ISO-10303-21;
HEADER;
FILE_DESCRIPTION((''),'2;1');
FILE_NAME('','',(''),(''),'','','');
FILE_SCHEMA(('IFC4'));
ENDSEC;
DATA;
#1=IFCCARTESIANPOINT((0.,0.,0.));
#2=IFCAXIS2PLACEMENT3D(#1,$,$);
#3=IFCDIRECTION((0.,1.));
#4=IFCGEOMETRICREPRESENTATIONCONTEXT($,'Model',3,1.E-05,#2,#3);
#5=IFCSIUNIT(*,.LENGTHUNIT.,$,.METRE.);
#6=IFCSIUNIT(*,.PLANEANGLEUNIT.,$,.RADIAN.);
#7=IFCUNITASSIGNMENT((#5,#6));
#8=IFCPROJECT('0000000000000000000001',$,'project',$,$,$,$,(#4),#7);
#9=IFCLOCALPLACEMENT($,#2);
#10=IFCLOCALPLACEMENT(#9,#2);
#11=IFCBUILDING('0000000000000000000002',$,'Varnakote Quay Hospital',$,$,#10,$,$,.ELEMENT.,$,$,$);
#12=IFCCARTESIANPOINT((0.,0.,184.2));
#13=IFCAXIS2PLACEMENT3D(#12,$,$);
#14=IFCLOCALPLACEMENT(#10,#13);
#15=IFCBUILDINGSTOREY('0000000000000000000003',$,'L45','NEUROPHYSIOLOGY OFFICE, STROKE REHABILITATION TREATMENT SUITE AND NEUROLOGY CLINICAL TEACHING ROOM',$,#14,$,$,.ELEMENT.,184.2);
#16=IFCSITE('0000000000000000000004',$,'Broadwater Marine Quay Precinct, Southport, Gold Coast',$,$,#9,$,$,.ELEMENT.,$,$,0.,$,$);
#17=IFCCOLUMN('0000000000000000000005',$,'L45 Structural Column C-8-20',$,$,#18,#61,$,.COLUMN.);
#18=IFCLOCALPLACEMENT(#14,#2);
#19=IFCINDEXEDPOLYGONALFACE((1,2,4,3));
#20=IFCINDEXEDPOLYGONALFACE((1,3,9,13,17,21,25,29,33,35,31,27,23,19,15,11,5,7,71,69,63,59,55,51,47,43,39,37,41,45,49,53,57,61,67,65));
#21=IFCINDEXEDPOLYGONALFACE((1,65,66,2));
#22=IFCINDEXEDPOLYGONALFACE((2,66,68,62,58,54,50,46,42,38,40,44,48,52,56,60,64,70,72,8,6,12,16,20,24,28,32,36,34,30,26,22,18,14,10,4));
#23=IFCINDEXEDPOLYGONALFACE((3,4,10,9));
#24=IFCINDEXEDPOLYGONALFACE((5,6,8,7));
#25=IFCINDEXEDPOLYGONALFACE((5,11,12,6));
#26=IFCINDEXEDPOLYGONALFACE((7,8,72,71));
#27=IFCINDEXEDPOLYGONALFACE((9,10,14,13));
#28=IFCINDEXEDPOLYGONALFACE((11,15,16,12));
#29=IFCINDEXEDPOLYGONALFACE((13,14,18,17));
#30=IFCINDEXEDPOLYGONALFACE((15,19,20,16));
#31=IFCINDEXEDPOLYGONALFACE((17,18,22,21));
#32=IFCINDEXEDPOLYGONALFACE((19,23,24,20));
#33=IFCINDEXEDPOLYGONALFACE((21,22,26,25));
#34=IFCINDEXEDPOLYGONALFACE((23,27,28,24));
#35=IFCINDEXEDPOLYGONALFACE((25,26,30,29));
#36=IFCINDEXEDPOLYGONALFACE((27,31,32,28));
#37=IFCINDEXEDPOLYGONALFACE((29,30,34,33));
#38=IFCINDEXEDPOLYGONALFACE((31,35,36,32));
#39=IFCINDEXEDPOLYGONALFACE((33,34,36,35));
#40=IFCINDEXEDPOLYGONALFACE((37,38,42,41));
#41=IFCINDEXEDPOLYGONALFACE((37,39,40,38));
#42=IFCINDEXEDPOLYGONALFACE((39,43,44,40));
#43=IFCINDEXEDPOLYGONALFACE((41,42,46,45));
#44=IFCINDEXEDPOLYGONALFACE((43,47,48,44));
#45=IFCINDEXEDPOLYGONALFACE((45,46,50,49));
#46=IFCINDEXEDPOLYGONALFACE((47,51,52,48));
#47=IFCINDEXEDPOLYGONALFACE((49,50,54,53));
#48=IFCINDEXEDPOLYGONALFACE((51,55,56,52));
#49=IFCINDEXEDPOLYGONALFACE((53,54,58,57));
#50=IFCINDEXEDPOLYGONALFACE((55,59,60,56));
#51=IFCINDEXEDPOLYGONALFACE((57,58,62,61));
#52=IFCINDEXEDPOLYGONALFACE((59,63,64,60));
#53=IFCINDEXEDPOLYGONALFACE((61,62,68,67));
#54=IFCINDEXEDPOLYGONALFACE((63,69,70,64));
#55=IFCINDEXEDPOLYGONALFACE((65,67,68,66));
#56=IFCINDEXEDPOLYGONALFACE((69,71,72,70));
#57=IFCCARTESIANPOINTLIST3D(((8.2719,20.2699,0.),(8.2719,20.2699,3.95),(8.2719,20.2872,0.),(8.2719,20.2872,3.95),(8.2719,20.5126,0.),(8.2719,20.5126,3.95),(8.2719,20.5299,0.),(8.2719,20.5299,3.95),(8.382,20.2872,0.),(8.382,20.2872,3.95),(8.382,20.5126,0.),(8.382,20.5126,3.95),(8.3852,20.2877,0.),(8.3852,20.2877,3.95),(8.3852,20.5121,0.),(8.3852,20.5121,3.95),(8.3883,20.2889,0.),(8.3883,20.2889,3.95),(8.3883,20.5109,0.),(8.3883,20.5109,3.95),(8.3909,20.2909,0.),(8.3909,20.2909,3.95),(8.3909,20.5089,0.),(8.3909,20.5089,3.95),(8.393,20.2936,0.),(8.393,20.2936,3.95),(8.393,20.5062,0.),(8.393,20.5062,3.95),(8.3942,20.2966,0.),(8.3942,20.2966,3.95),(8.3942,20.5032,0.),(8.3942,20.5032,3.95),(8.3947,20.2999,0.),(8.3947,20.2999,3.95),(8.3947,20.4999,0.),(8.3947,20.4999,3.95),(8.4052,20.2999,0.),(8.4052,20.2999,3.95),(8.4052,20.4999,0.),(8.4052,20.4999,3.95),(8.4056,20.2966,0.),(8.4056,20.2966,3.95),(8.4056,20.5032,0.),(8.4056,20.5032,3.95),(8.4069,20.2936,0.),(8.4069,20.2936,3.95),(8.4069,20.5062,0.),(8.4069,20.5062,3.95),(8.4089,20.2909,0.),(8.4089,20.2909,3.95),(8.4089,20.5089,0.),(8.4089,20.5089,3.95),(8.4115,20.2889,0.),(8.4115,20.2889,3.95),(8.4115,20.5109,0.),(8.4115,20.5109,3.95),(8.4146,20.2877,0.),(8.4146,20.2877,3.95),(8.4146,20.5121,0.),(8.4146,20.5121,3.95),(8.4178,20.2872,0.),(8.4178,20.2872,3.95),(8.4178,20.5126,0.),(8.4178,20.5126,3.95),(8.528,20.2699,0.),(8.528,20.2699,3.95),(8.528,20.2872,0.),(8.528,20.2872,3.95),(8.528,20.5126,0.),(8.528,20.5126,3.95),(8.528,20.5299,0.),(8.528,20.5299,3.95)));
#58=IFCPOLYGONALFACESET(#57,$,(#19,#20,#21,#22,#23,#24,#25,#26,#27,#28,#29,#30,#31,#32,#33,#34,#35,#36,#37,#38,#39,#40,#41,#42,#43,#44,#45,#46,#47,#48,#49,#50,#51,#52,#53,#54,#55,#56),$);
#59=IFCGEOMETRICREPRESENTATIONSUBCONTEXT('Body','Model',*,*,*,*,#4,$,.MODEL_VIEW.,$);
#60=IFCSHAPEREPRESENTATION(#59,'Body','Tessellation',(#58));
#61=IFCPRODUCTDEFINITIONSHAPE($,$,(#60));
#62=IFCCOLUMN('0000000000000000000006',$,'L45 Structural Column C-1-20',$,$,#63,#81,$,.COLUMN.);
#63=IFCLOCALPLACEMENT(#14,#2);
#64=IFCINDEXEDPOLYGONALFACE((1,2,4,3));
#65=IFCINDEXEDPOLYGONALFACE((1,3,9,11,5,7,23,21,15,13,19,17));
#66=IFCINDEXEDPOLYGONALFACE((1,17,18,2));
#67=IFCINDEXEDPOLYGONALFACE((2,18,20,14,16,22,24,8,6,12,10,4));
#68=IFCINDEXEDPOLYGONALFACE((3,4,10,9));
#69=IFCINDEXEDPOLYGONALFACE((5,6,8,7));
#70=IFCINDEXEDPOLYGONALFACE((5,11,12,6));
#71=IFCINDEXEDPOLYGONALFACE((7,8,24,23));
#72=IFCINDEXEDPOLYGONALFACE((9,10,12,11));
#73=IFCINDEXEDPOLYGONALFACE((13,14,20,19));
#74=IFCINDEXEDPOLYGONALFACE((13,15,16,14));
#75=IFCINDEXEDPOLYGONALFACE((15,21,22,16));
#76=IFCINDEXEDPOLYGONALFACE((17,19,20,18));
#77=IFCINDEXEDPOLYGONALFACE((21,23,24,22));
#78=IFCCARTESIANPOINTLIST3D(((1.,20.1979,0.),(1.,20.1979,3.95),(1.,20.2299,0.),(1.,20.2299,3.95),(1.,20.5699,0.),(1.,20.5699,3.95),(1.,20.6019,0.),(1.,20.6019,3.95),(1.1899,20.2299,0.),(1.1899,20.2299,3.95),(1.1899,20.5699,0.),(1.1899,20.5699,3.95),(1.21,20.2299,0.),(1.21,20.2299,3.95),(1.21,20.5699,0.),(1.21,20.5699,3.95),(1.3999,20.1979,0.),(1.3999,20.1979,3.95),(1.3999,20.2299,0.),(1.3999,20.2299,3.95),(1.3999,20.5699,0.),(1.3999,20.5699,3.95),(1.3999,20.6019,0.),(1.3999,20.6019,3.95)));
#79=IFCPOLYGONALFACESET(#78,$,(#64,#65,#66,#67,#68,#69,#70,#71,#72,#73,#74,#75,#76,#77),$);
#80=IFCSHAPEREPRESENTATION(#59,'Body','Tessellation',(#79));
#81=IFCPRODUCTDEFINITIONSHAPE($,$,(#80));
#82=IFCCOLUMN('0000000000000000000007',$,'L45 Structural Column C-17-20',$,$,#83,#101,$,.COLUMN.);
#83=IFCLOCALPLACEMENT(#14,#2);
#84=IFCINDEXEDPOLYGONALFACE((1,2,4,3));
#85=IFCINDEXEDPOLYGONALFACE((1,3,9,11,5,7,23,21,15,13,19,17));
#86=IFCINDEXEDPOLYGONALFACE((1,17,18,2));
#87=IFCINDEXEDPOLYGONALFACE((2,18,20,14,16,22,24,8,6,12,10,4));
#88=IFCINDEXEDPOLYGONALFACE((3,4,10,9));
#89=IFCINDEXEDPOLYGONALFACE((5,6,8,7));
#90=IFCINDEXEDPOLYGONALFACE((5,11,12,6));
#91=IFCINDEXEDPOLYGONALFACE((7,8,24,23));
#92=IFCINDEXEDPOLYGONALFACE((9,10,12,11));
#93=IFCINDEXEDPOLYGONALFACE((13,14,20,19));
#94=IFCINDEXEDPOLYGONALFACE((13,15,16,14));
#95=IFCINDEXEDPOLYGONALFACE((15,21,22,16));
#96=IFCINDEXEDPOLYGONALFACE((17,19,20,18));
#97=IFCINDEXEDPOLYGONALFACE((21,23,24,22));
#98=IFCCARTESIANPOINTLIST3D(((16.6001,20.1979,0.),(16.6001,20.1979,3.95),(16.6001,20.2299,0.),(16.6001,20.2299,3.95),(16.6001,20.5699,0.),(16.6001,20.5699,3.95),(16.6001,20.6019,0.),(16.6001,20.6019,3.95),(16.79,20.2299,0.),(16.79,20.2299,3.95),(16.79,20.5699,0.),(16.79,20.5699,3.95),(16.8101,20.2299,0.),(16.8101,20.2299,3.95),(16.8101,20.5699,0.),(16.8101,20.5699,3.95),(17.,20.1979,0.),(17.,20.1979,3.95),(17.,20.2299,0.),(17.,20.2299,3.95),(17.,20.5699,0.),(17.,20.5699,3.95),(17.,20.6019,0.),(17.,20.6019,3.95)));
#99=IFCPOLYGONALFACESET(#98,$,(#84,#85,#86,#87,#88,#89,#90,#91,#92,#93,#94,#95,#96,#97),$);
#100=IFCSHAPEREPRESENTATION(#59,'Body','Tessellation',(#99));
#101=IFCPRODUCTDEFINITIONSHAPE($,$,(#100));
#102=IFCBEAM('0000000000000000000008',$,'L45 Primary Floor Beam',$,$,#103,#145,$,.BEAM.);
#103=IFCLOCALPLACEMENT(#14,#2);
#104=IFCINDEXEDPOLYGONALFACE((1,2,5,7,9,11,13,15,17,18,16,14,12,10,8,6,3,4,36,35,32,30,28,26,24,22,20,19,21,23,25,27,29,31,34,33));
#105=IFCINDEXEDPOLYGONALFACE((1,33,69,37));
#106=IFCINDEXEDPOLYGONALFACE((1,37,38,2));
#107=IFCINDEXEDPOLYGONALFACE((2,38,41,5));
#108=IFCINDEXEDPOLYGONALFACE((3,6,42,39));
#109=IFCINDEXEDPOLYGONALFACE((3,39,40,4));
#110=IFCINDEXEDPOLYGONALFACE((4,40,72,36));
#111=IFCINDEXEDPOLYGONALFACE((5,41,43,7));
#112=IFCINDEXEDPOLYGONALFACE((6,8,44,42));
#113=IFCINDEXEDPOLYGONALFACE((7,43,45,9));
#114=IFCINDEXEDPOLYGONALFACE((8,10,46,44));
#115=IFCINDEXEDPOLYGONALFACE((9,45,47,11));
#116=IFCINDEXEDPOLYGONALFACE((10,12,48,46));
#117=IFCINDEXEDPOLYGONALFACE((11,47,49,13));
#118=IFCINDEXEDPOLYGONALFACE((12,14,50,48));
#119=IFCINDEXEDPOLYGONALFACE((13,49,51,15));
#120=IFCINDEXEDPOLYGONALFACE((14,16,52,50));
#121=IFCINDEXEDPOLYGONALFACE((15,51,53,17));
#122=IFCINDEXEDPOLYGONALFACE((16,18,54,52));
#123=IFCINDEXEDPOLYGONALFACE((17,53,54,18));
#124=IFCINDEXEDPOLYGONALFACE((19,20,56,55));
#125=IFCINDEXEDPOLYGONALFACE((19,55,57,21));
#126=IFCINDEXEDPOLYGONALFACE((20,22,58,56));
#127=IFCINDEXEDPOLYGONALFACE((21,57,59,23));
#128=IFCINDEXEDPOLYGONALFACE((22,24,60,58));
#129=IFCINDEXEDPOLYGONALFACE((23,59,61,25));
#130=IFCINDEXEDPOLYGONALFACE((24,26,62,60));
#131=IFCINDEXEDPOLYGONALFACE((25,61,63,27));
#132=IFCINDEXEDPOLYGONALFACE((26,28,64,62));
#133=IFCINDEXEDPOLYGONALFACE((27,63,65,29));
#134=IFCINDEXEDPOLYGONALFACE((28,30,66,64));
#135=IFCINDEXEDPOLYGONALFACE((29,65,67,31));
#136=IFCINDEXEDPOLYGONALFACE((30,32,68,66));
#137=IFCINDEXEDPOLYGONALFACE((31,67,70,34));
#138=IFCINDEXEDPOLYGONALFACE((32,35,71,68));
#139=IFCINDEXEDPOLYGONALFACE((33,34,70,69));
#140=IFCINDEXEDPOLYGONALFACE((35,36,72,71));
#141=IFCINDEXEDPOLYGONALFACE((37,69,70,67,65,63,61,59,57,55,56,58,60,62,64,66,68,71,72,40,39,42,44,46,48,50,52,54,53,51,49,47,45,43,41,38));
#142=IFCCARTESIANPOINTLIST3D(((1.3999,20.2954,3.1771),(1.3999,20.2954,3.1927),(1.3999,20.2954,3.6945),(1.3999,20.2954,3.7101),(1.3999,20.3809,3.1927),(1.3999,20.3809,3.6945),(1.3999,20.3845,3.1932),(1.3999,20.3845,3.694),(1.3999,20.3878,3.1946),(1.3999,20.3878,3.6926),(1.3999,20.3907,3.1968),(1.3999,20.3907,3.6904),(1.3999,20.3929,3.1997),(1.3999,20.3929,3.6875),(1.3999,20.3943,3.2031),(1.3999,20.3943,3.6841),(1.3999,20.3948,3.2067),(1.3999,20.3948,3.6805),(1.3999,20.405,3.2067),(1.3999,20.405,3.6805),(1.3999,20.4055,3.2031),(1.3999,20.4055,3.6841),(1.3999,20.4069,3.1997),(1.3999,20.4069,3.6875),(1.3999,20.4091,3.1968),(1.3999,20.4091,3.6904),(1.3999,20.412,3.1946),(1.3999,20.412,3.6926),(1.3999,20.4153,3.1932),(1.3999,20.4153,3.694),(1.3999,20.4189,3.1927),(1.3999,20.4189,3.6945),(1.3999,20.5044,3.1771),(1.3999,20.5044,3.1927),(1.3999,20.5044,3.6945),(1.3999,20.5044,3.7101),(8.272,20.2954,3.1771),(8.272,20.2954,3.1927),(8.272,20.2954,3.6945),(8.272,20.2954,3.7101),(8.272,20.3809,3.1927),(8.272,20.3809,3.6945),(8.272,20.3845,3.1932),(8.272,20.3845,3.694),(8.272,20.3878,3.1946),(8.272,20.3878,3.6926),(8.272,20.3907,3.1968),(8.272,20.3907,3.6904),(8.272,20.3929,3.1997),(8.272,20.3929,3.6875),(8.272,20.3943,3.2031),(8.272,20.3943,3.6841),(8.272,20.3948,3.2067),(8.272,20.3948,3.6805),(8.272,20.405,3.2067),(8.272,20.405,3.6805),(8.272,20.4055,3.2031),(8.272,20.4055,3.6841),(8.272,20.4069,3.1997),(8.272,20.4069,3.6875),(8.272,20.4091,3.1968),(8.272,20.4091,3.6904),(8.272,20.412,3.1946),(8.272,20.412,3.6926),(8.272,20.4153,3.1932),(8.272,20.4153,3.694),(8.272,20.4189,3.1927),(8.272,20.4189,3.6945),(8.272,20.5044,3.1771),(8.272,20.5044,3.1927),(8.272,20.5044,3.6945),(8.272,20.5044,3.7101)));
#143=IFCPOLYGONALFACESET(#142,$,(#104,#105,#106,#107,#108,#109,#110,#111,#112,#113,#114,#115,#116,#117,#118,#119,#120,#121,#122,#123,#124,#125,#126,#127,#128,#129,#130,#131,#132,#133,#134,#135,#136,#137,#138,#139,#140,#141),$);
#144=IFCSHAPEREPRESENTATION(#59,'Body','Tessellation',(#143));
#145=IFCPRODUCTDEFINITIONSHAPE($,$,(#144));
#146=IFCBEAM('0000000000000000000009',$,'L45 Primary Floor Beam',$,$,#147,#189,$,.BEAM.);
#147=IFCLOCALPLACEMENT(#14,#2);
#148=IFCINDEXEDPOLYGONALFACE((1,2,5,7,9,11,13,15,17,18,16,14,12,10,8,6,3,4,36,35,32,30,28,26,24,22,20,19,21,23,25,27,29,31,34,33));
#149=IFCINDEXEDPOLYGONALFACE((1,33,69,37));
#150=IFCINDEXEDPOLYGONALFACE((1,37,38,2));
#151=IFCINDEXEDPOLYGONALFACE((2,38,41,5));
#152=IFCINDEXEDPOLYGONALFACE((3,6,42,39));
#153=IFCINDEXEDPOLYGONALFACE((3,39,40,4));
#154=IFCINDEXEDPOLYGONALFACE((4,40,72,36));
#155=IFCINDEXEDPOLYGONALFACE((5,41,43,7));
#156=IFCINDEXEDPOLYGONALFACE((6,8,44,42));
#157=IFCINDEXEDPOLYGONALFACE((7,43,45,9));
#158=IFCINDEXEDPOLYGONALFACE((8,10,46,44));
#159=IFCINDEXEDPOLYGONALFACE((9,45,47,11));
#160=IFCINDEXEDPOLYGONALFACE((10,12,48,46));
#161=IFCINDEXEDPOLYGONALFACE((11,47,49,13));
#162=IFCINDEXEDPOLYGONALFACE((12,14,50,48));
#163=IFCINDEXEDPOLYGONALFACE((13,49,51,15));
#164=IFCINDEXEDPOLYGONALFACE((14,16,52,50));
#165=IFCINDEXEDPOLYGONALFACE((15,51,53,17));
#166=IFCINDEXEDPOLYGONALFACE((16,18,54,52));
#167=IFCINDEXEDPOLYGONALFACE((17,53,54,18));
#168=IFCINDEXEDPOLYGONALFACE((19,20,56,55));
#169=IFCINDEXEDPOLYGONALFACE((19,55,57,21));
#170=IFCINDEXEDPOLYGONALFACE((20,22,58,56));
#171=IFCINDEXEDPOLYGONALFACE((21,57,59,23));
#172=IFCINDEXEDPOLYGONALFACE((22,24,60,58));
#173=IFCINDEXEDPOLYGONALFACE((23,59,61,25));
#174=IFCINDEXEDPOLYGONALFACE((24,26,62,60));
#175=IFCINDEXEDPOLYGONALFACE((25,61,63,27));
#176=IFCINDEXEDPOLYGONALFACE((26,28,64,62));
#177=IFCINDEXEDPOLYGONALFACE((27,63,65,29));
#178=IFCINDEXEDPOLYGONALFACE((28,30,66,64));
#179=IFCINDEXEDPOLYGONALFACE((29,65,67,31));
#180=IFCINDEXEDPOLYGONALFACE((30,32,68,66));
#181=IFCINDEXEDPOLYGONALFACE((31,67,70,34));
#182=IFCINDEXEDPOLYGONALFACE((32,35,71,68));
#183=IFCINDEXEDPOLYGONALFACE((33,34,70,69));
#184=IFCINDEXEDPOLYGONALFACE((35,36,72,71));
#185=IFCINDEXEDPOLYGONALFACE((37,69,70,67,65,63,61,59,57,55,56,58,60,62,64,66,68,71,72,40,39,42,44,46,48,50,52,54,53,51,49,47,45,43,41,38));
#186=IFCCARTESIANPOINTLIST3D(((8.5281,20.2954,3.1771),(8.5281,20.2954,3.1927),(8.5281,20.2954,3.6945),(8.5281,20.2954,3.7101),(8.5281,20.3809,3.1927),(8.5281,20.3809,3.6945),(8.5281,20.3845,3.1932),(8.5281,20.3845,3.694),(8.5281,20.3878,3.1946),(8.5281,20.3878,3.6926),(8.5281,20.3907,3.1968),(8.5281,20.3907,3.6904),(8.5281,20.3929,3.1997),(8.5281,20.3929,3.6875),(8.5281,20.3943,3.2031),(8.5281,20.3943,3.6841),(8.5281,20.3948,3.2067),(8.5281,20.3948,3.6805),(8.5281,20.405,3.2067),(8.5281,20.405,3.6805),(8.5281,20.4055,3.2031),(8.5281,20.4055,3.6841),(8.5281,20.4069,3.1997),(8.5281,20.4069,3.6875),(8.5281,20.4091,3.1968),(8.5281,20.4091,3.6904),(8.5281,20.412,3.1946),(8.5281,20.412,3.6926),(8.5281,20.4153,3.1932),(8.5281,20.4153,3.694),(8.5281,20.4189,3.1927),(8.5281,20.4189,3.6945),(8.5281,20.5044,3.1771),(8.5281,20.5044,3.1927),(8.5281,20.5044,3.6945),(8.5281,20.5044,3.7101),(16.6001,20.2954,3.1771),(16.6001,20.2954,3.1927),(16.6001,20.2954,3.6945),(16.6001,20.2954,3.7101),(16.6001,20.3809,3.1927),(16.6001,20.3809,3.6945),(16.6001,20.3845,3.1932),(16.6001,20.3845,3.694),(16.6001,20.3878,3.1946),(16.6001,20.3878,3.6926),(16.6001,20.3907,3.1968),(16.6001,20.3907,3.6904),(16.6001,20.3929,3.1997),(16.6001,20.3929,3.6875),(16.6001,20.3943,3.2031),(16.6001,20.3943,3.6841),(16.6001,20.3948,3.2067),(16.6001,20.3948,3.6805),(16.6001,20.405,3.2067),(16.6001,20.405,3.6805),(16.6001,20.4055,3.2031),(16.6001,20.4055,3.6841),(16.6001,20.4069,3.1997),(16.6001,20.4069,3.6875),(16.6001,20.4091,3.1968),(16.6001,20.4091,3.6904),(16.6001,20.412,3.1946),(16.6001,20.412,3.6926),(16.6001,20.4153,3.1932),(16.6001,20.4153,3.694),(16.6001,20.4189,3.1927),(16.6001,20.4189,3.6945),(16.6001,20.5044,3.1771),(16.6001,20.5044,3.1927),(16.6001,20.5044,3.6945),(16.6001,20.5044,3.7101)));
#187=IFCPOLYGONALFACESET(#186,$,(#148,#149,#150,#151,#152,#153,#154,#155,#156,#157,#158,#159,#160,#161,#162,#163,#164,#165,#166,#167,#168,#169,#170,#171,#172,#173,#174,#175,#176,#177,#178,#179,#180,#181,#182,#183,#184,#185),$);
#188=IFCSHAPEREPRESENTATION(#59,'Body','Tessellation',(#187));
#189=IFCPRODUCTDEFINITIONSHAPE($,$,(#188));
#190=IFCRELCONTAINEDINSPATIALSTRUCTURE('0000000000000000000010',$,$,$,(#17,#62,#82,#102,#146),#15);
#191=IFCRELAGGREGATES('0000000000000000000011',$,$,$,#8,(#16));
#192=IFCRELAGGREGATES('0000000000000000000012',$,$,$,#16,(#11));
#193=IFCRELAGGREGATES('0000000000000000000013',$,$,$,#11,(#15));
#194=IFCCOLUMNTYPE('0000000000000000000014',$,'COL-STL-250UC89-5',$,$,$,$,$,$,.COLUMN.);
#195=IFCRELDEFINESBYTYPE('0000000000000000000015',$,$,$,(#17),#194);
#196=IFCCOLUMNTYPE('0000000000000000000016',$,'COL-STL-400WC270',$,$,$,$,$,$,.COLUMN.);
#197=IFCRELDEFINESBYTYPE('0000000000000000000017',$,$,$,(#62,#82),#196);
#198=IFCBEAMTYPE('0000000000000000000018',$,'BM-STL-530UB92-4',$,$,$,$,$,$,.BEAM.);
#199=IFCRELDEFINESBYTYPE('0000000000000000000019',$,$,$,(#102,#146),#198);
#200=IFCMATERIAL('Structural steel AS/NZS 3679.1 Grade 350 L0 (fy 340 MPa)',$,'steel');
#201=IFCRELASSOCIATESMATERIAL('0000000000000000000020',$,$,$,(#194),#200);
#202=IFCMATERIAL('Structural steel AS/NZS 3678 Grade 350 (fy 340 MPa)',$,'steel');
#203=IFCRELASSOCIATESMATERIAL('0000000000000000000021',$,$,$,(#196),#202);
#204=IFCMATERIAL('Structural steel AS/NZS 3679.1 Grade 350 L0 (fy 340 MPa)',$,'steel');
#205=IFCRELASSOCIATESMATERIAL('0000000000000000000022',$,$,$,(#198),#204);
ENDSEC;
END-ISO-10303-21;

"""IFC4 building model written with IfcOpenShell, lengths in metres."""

from ifc_helpers import new_model, si_unit, direction, frame, origin, origin_2d, place, context, subcontext, project, spatial, i_section, extrude, material, material_profile, profile_set, type_object, element, save


model = new_model("IFC4")

# Units and contexts
model_context = context("Model", 3, precision=1e-05, world=origin(), true_north=direction((0.0, 1.0)))
body_context = subcontext(model_context, "Body", "Model", "MODEL_VIEW")
ifc_project = project(units=[si_unit("LENGTHUNIT", "METRE"), si_unit("PLANEANGLEUNIT", "RADIAN")], contexts=[model_context])

# Site, building, storey
site_placement = place(None, origin())
site = spatial("IfcSite", under=ifc_project, at=site_placement, Name="Broadwater Marine Quay Precinct, Southport, Gold Coast", CompositionType="ELEMENT", RefElevation=0.0)
building_placement = place(site_placement, origin())
building = spatial("IfcBuilding", under=site, at=building_placement, Name="Varnakote Quay Hospital", CompositionType="ELEMENT")
storey_placement = place(building_placement, frame((0.0, 0.0, 184.2)))
storey = spatial("IfcBuildingStorey", under=building, at=storey_placement, Name="L45", Description="NEUROPHYSIOLOGY OFFICE, STROKE REHABILITATION TREATMENT SUITE AND NEUROLOGY CLINICAL TEACHING ROOM", CompositionType="ELEMENT", Elevation=184.2)

# Columns
ifc_material_1 = material(Name="Structural steel AS/NZS 3679.1 Grade 350 L0 (fy 340 MPa)", Category="steel")
ifc_material_profile_1 = material_profile(ifc_material_1, i_section(OverallWidth=0.2561, OverallDepth=0.26, WebThickness=0.0105, FlangeThickness=0.0173, FilletRadius=0.0127, at=origin_2d()), Name="250UC89.5")
ifc_profile_set_1 = profile_set([ifc_material_profile_1], Name="Structural steel AS/NZS 3679.1 Grade 350 L0 (fy 340 MPa)")
column_type_1 = type_object("IfcColumnType", Name="COL-STL-250UC89-5", PredefinedType="COLUMN", material=ifc_profile_set_1)
column_placement = place(storey_placement, frame((8.3999, 20.3999, 0.0), z_axis=(0.0, 0.0, 1.0), x_axis=(1.0, 0.0, 0.0)))
element("IfcColumn", 1, at=column_placement, inside=storey, type_object=column_type_1, Name="L45 Structural Column C-8-20", PredefinedType="COLUMN", context=body_context, shape_type="SweptSolid", body=[
    extrude(i_section(OverallWidth=0.2561, OverallDepth=0.26, WebThickness=0.0105, FlangeThickness=0.0173, FilletRadius=0.0127, at=origin_2d()), origin(), (0.0, 0.0, 1.0), 3.95),
])
ifc_material_2 = material(Name="Structural steel AS/NZS 3678 Grade 350 (fy 340 MPa)", Category="steel")
ifc_material_profile_2 = material_profile(ifc_material_2, i_section(OverallWidth=0.3999, OverallDepth=0.4041, WebThickness=0.02, FlangeThickness=0.032, at=origin_2d()), Name="400WC270")
ifc_profile_set_2 = profile_set([ifc_material_profile_2], Name="Structural steel AS/NZS 3678 Grade 350 (fy 340 MPa)")
column_type_2 = type_object("IfcColumnType", Name="COL-STL-400WC270", PredefinedType="COLUMN", material=ifc_profile_set_2)
for number, where, z_axis, x_axis, name in (
    (2, (1.2, 20.3999, 0.0), (0.0, 0.0, 1.0), (1.0, 0.0, 0.0), "L45 Structural Column C-1-20"),
    (3, (16.8, 20.3999, 0.0), (0.0, 0.0, 1.0), (1.0, 0.0, 0.0), "L45 Structural Column C-17-20"),
):
    element("IfcColumn", number, at=place(storey_placement, frame(where, z_axis=z_axis, x_axis=x_axis)), inside=storey, type_object=column_type_2, Name=name, PredefinedType="COLUMN", context=body_context, shape_type="SweptSolid", body=[
        extrude(i_section(OverallWidth=0.3999, OverallDepth=0.4041, WebThickness=0.02, FlangeThickness=0.032, at=origin_2d()), origin(), (0.0, 0.0, 1.0), 3.95),
    ])

# Beams
ifc_material_3 = material(Name="Structural steel AS/NZS 3679.1 Grade 350 L0 (fy 340 MPa)", Category="steel")
ifc_material_profile_3 = material_profile(ifc_material_3, i_section(OverallWidth=0.209, OverallDepth=0.533, WebThickness=0.0103, FlangeThickness=0.0156, FilletRadius=0.0139, at=origin_2d()), Name="530UB92.4")
ifc_profile_set_3 = profile_set([ifc_material_profile_3], Name="Structural steel AS/NZS 3679.1 Grade 350 L0 (fy 340 MPa)")
beam_type_1 = type_object("IfcBeamType", Name="BM-STL-530UB92-4", PredefinedType="BEAM", material=ifc_profile_set_3)
beam_1_placement = place(storey_placement, frame((1.3999, 20.3999, 3.4436), z_axis=(1.0, 0.0, 0.0), x_axis=(0.0, 1.0, 0.0)))
element("IfcBeam", 4, at=beam_1_placement, inside=storey, type_object=beam_type_1, Name="L45 Primary Floor Beam", PredefinedType="BEAM", context=body_context, shape_type="SweptSolid", body=[
    extrude(i_section(OverallWidth=0.209, OverallDepth=0.533, WebThickness=0.0103, FlangeThickness=0.0156, FilletRadius=0.0139, at=origin_2d()), origin(), (0.0, 0.0, 1.0), 6.8721),
])
for number, where, z_axis, x_axis, name in (
    (5, (8.5281, 20.3999, 3.4436), (1.0, 0.0, 0.0), (0.0, 1.0, 0.0), "L45 Primary Floor Beam"),
):
    element("IfcBeam", number, at=place(storey_placement, frame(where, z_axis=z_axis, x_axis=x_axis)), inside=storey, type_object=beam_type_1, Name=name, PredefinedType="BEAM", context=body_context, shape_type="SweptSolid", body=[
        extrude(i_section(OverallWidth=0.209, OverallDepth=0.533, WebThickness=0.0103, FlangeThickness=0.0156, FilletRadius=0.0139, at=origin_2d()), origin(), (0.0, 0.0, 1.0), 8.072),
    ])

save(model, "model.ifc")
